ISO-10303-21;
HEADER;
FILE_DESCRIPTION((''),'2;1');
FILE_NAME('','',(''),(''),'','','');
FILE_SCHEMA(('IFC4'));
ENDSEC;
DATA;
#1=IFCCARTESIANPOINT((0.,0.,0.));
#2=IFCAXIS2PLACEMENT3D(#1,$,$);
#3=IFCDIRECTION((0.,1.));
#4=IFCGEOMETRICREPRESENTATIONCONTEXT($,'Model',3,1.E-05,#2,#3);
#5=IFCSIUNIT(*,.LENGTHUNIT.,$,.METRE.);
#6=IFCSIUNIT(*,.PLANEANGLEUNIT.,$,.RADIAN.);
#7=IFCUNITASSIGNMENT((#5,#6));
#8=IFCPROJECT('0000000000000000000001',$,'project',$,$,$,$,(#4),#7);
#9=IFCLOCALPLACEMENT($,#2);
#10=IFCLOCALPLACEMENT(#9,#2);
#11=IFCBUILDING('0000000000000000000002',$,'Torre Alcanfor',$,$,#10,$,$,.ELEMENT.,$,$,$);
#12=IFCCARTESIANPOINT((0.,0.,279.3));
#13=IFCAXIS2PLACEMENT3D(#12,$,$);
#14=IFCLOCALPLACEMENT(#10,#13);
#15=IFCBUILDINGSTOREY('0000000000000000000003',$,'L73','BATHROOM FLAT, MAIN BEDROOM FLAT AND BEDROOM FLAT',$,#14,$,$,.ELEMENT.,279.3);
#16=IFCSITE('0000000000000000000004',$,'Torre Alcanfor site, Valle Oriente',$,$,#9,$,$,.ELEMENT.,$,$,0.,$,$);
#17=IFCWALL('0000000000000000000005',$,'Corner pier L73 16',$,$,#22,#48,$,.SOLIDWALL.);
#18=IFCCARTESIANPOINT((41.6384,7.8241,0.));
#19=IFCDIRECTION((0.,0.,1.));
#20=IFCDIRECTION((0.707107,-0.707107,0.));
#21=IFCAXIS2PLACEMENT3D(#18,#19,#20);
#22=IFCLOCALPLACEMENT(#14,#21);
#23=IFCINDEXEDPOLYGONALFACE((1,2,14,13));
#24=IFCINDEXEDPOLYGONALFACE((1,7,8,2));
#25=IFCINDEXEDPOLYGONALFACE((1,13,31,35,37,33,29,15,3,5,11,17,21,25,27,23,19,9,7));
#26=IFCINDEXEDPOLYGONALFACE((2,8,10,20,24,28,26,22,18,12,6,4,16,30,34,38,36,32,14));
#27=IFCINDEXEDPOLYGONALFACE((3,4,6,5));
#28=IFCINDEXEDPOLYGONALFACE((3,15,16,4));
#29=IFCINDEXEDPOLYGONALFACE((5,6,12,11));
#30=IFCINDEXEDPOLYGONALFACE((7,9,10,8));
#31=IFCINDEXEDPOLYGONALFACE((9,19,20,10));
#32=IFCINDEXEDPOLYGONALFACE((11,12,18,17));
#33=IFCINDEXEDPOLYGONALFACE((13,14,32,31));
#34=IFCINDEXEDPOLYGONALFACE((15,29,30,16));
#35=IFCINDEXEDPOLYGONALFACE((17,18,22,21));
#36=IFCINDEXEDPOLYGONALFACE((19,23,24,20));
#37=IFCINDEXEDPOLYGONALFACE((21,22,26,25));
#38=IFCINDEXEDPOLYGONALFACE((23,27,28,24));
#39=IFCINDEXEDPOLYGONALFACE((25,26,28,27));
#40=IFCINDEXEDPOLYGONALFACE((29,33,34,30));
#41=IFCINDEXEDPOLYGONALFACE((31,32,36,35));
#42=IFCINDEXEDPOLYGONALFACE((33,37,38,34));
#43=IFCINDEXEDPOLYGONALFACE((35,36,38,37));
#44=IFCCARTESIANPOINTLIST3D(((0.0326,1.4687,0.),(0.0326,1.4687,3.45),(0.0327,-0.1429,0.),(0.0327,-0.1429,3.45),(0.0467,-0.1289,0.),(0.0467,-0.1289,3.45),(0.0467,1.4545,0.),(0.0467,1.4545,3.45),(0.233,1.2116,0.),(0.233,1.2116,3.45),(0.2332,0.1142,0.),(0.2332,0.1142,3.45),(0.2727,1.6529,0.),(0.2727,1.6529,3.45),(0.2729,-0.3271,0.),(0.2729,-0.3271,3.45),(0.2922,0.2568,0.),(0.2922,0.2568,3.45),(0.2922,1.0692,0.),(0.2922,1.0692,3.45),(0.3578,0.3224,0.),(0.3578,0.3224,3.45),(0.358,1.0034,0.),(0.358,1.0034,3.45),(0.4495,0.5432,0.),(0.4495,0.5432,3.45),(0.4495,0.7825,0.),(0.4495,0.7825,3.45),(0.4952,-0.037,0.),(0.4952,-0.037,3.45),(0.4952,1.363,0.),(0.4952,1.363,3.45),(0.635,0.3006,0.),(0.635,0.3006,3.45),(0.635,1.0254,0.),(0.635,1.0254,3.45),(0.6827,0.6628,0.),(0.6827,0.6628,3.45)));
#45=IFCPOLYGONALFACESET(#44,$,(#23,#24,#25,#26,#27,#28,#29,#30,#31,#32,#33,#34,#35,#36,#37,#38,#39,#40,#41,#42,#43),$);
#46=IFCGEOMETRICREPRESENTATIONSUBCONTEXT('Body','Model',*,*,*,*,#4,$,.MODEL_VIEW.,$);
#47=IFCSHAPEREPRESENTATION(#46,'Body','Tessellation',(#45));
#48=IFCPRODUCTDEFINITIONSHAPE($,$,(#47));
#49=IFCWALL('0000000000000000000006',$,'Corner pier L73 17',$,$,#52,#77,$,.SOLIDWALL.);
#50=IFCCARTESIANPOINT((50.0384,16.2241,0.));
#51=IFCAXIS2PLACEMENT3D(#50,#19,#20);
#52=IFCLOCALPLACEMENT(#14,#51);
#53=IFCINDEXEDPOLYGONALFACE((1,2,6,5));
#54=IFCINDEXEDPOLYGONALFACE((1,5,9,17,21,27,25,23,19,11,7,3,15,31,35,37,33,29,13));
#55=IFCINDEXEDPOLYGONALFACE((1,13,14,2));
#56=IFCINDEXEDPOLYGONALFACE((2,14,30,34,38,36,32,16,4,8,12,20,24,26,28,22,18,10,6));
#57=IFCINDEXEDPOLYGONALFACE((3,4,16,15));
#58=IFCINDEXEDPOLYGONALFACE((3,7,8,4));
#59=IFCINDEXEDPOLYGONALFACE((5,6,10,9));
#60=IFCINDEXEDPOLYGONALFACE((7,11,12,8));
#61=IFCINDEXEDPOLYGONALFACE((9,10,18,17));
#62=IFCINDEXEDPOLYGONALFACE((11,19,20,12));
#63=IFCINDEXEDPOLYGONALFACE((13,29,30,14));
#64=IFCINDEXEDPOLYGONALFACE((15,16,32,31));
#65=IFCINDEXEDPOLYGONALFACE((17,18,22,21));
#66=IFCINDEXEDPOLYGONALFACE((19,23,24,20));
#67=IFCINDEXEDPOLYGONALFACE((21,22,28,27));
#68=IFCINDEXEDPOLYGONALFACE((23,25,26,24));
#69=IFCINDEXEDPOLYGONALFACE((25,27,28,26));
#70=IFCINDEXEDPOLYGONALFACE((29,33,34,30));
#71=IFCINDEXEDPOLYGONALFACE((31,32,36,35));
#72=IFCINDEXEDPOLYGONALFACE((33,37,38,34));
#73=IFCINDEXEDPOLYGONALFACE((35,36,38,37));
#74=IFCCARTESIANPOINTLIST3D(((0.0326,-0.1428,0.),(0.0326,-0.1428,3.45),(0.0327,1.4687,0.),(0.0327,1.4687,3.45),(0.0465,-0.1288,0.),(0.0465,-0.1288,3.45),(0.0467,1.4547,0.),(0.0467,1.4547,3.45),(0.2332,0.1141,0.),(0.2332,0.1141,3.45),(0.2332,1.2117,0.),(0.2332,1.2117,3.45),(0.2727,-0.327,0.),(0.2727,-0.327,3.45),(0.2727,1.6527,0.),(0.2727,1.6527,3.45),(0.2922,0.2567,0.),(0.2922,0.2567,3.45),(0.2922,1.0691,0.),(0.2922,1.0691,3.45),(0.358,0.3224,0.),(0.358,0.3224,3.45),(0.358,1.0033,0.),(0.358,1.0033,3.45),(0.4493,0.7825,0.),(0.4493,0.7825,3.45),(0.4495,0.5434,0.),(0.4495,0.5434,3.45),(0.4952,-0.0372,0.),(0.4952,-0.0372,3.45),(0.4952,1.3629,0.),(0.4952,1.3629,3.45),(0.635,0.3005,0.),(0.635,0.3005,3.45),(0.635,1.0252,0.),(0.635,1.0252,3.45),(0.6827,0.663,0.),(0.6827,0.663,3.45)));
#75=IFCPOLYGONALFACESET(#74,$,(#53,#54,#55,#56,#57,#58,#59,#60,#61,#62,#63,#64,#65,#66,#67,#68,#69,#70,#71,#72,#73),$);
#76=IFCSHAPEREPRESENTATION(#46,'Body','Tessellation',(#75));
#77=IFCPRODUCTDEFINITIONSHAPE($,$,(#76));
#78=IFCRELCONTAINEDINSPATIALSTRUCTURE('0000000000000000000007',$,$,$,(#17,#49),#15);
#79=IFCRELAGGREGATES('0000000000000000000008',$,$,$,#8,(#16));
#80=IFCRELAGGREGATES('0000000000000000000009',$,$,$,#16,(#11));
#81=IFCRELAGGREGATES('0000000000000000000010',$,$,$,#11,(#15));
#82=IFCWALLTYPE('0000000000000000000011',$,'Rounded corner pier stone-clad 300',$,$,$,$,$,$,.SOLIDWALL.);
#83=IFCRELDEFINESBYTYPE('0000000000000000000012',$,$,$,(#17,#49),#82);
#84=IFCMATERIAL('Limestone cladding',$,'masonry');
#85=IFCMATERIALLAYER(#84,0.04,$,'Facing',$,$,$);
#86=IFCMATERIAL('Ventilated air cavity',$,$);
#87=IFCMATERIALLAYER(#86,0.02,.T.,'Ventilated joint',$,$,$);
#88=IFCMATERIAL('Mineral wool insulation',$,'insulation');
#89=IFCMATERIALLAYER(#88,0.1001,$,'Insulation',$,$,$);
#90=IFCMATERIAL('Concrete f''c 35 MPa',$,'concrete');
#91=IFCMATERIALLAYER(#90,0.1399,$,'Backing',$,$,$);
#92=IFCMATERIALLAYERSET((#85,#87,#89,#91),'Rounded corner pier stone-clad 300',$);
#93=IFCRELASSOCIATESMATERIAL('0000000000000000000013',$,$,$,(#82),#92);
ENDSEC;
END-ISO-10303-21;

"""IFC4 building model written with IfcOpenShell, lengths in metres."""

from ifc_helpers import new_model, si_unit, direction, frame, origin, place, context, subcontext, project, spatial, polyline, outline, extrude, material, layer, layer_set, type_object, element, save


model = new_model("IFC4")

# Units and contexts
model_context = context("Model", 3, precision=1e-05, world=origin(), true_north=direction((0.0, 1.0)))
body_context = subcontext(model_context, "Body", "Model", "MODEL_VIEW")
ifc_project = project(units=[si_unit("LENGTHUNIT", "METRE"), si_unit("PLANEANGLEUNIT", "RADIAN")], contexts=[model_context])

# Site, building, storey
site_placement = place(None, origin())
site = spatial("IfcSite", under=ifc_project, at=site_placement, Name="Torre Alcanfor site, Valle Oriente", CompositionType="ELEMENT", RefElevation=0.0)
building_placement = place(site_placement, origin())
building = spatial("IfcBuilding", under=site, at=building_placement, Name="Torre Alcanfor", CompositionType="ELEMENT")
storey_placement = place(building_placement, frame((0.0, 0.0, 279.3)))
storey = spatial("IfcBuildingStorey", under=building, at=storey_placement, Name="L73", Description="BATHROOM FLAT, MAIN BEDROOM FLAT AND BEDROOM FLAT", CompositionType="ELEMENT", Elevation=279.3)

# Shared definitions
ifc_material_1 = material(Name="Limestone cladding", Category="masonry")
ifc_material_2 = material(Name="Ventilated air cavity")
ifc_material_3 = material(Name="Mineral wool insulation", Category="insulation")
ifc_material_4 = material(Name="Concrete f'c 35 MPa", Category="concrete")

# Walls
ifc_layer_1 = layer(ifc_material_1, 0.04, Name="Facing")
ifc_layer_2 = layer(ifc_material_2, 0.02, ventilated=True, Name="Ventilated joint")
ifc_layer_3 = layer(ifc_material_3, 0.1001, Name="Insulation")
ifc_layer_4 = layer(ifc_material_4, 0.1399, Name="Backing")
ifc_layer_set_1 = layer_set([ifc_layer_1, ifc_layer_2, ifc_layer_3, ifc_layer_4], Name="Rounded corner pier stone-clad 300")
wall_type_1 = type_object("IfcWallType", Name="Rounded corner pier stone-clad 300", PredefinedType="SOLIDWALL", material=ifc_layer_set_1)
wall_1_placement = place(storey_placement, frame((41.6384, 7.8241, 0.0), z_axis=(0.0, 0.0, 1.0), x_axis=(0.707107, -0.707107, 0.0)))
element("IfcWall", 1, at=wall_1_placement, inside=storey, type_object=wall_type_1, Name="Corner pier L73 16", PredefinedType="SOLIDWALL", context=body_context, shape_type="SweptSolid", body=[
    extrude(outline(polyline([(0.0326, 1.4687), (0.0467, 1.4545), (0.233, 1.2116), (0.2922, 1.0692), (0.358, 1.0034), (0.4495, 0.7825), (0.4495, 0.5432), (0.3578, 0.3224), (0.2922, 0.2568), (0.2332, 0.1142), (0.0467, -0.1289), (0.0327, -0.1429), (0.2729, -0.3271), (0.4952, -0.037), (0.635, 0.3006), (0.6827, 0.6628), (0.635, 1.0254), (0.4952, 1.363), (0.2727, 1.6529), (0.0326, 1.4687)])), origin(), (0.0, 0.0, 1.0), 3.45),
])
wall_2_placement = place(storey_placement, frame((50.0384, 16.2241, 0.0), z_axis=(0.0, 0.0, 1.0), x_axis=(0.707107, -0.707107, 0.0)))
element("IfcWall", 2, at=wall_2_placement, inside=storey, type_object=wall_type_1, Name="Corner pier L73 17", PredefinedType="SOLIDWALL", context=body_context, shape_type="SweptSolid", body=[
    extrude(outline(polyline([(0.0467, 1.4547), (0.2332, 1.2117), (0.2922, 1.0691), (0.358, 1.0033), (0.4493, 0.7825), (0.4495, 0.5434), (0.358, 0.3224), (0.2922, 0.2567), (0.2332, 0.1141), (0.0465, -0.1288), (0.0326, -0.1428), (0.2727, -0.327), (0.4952, -0.0372), (0.635, 0.3005), (0.6827, 0.663), (0.635, 1.0252), (0.4952, 1.3629), (0.2727, 1.6527), (0.0327, 1.4687), (0.0467, 1.4547)])), origin(), (0.0, 0.0, 1.0), 3.45),
])

save(model, "model.ifc")
